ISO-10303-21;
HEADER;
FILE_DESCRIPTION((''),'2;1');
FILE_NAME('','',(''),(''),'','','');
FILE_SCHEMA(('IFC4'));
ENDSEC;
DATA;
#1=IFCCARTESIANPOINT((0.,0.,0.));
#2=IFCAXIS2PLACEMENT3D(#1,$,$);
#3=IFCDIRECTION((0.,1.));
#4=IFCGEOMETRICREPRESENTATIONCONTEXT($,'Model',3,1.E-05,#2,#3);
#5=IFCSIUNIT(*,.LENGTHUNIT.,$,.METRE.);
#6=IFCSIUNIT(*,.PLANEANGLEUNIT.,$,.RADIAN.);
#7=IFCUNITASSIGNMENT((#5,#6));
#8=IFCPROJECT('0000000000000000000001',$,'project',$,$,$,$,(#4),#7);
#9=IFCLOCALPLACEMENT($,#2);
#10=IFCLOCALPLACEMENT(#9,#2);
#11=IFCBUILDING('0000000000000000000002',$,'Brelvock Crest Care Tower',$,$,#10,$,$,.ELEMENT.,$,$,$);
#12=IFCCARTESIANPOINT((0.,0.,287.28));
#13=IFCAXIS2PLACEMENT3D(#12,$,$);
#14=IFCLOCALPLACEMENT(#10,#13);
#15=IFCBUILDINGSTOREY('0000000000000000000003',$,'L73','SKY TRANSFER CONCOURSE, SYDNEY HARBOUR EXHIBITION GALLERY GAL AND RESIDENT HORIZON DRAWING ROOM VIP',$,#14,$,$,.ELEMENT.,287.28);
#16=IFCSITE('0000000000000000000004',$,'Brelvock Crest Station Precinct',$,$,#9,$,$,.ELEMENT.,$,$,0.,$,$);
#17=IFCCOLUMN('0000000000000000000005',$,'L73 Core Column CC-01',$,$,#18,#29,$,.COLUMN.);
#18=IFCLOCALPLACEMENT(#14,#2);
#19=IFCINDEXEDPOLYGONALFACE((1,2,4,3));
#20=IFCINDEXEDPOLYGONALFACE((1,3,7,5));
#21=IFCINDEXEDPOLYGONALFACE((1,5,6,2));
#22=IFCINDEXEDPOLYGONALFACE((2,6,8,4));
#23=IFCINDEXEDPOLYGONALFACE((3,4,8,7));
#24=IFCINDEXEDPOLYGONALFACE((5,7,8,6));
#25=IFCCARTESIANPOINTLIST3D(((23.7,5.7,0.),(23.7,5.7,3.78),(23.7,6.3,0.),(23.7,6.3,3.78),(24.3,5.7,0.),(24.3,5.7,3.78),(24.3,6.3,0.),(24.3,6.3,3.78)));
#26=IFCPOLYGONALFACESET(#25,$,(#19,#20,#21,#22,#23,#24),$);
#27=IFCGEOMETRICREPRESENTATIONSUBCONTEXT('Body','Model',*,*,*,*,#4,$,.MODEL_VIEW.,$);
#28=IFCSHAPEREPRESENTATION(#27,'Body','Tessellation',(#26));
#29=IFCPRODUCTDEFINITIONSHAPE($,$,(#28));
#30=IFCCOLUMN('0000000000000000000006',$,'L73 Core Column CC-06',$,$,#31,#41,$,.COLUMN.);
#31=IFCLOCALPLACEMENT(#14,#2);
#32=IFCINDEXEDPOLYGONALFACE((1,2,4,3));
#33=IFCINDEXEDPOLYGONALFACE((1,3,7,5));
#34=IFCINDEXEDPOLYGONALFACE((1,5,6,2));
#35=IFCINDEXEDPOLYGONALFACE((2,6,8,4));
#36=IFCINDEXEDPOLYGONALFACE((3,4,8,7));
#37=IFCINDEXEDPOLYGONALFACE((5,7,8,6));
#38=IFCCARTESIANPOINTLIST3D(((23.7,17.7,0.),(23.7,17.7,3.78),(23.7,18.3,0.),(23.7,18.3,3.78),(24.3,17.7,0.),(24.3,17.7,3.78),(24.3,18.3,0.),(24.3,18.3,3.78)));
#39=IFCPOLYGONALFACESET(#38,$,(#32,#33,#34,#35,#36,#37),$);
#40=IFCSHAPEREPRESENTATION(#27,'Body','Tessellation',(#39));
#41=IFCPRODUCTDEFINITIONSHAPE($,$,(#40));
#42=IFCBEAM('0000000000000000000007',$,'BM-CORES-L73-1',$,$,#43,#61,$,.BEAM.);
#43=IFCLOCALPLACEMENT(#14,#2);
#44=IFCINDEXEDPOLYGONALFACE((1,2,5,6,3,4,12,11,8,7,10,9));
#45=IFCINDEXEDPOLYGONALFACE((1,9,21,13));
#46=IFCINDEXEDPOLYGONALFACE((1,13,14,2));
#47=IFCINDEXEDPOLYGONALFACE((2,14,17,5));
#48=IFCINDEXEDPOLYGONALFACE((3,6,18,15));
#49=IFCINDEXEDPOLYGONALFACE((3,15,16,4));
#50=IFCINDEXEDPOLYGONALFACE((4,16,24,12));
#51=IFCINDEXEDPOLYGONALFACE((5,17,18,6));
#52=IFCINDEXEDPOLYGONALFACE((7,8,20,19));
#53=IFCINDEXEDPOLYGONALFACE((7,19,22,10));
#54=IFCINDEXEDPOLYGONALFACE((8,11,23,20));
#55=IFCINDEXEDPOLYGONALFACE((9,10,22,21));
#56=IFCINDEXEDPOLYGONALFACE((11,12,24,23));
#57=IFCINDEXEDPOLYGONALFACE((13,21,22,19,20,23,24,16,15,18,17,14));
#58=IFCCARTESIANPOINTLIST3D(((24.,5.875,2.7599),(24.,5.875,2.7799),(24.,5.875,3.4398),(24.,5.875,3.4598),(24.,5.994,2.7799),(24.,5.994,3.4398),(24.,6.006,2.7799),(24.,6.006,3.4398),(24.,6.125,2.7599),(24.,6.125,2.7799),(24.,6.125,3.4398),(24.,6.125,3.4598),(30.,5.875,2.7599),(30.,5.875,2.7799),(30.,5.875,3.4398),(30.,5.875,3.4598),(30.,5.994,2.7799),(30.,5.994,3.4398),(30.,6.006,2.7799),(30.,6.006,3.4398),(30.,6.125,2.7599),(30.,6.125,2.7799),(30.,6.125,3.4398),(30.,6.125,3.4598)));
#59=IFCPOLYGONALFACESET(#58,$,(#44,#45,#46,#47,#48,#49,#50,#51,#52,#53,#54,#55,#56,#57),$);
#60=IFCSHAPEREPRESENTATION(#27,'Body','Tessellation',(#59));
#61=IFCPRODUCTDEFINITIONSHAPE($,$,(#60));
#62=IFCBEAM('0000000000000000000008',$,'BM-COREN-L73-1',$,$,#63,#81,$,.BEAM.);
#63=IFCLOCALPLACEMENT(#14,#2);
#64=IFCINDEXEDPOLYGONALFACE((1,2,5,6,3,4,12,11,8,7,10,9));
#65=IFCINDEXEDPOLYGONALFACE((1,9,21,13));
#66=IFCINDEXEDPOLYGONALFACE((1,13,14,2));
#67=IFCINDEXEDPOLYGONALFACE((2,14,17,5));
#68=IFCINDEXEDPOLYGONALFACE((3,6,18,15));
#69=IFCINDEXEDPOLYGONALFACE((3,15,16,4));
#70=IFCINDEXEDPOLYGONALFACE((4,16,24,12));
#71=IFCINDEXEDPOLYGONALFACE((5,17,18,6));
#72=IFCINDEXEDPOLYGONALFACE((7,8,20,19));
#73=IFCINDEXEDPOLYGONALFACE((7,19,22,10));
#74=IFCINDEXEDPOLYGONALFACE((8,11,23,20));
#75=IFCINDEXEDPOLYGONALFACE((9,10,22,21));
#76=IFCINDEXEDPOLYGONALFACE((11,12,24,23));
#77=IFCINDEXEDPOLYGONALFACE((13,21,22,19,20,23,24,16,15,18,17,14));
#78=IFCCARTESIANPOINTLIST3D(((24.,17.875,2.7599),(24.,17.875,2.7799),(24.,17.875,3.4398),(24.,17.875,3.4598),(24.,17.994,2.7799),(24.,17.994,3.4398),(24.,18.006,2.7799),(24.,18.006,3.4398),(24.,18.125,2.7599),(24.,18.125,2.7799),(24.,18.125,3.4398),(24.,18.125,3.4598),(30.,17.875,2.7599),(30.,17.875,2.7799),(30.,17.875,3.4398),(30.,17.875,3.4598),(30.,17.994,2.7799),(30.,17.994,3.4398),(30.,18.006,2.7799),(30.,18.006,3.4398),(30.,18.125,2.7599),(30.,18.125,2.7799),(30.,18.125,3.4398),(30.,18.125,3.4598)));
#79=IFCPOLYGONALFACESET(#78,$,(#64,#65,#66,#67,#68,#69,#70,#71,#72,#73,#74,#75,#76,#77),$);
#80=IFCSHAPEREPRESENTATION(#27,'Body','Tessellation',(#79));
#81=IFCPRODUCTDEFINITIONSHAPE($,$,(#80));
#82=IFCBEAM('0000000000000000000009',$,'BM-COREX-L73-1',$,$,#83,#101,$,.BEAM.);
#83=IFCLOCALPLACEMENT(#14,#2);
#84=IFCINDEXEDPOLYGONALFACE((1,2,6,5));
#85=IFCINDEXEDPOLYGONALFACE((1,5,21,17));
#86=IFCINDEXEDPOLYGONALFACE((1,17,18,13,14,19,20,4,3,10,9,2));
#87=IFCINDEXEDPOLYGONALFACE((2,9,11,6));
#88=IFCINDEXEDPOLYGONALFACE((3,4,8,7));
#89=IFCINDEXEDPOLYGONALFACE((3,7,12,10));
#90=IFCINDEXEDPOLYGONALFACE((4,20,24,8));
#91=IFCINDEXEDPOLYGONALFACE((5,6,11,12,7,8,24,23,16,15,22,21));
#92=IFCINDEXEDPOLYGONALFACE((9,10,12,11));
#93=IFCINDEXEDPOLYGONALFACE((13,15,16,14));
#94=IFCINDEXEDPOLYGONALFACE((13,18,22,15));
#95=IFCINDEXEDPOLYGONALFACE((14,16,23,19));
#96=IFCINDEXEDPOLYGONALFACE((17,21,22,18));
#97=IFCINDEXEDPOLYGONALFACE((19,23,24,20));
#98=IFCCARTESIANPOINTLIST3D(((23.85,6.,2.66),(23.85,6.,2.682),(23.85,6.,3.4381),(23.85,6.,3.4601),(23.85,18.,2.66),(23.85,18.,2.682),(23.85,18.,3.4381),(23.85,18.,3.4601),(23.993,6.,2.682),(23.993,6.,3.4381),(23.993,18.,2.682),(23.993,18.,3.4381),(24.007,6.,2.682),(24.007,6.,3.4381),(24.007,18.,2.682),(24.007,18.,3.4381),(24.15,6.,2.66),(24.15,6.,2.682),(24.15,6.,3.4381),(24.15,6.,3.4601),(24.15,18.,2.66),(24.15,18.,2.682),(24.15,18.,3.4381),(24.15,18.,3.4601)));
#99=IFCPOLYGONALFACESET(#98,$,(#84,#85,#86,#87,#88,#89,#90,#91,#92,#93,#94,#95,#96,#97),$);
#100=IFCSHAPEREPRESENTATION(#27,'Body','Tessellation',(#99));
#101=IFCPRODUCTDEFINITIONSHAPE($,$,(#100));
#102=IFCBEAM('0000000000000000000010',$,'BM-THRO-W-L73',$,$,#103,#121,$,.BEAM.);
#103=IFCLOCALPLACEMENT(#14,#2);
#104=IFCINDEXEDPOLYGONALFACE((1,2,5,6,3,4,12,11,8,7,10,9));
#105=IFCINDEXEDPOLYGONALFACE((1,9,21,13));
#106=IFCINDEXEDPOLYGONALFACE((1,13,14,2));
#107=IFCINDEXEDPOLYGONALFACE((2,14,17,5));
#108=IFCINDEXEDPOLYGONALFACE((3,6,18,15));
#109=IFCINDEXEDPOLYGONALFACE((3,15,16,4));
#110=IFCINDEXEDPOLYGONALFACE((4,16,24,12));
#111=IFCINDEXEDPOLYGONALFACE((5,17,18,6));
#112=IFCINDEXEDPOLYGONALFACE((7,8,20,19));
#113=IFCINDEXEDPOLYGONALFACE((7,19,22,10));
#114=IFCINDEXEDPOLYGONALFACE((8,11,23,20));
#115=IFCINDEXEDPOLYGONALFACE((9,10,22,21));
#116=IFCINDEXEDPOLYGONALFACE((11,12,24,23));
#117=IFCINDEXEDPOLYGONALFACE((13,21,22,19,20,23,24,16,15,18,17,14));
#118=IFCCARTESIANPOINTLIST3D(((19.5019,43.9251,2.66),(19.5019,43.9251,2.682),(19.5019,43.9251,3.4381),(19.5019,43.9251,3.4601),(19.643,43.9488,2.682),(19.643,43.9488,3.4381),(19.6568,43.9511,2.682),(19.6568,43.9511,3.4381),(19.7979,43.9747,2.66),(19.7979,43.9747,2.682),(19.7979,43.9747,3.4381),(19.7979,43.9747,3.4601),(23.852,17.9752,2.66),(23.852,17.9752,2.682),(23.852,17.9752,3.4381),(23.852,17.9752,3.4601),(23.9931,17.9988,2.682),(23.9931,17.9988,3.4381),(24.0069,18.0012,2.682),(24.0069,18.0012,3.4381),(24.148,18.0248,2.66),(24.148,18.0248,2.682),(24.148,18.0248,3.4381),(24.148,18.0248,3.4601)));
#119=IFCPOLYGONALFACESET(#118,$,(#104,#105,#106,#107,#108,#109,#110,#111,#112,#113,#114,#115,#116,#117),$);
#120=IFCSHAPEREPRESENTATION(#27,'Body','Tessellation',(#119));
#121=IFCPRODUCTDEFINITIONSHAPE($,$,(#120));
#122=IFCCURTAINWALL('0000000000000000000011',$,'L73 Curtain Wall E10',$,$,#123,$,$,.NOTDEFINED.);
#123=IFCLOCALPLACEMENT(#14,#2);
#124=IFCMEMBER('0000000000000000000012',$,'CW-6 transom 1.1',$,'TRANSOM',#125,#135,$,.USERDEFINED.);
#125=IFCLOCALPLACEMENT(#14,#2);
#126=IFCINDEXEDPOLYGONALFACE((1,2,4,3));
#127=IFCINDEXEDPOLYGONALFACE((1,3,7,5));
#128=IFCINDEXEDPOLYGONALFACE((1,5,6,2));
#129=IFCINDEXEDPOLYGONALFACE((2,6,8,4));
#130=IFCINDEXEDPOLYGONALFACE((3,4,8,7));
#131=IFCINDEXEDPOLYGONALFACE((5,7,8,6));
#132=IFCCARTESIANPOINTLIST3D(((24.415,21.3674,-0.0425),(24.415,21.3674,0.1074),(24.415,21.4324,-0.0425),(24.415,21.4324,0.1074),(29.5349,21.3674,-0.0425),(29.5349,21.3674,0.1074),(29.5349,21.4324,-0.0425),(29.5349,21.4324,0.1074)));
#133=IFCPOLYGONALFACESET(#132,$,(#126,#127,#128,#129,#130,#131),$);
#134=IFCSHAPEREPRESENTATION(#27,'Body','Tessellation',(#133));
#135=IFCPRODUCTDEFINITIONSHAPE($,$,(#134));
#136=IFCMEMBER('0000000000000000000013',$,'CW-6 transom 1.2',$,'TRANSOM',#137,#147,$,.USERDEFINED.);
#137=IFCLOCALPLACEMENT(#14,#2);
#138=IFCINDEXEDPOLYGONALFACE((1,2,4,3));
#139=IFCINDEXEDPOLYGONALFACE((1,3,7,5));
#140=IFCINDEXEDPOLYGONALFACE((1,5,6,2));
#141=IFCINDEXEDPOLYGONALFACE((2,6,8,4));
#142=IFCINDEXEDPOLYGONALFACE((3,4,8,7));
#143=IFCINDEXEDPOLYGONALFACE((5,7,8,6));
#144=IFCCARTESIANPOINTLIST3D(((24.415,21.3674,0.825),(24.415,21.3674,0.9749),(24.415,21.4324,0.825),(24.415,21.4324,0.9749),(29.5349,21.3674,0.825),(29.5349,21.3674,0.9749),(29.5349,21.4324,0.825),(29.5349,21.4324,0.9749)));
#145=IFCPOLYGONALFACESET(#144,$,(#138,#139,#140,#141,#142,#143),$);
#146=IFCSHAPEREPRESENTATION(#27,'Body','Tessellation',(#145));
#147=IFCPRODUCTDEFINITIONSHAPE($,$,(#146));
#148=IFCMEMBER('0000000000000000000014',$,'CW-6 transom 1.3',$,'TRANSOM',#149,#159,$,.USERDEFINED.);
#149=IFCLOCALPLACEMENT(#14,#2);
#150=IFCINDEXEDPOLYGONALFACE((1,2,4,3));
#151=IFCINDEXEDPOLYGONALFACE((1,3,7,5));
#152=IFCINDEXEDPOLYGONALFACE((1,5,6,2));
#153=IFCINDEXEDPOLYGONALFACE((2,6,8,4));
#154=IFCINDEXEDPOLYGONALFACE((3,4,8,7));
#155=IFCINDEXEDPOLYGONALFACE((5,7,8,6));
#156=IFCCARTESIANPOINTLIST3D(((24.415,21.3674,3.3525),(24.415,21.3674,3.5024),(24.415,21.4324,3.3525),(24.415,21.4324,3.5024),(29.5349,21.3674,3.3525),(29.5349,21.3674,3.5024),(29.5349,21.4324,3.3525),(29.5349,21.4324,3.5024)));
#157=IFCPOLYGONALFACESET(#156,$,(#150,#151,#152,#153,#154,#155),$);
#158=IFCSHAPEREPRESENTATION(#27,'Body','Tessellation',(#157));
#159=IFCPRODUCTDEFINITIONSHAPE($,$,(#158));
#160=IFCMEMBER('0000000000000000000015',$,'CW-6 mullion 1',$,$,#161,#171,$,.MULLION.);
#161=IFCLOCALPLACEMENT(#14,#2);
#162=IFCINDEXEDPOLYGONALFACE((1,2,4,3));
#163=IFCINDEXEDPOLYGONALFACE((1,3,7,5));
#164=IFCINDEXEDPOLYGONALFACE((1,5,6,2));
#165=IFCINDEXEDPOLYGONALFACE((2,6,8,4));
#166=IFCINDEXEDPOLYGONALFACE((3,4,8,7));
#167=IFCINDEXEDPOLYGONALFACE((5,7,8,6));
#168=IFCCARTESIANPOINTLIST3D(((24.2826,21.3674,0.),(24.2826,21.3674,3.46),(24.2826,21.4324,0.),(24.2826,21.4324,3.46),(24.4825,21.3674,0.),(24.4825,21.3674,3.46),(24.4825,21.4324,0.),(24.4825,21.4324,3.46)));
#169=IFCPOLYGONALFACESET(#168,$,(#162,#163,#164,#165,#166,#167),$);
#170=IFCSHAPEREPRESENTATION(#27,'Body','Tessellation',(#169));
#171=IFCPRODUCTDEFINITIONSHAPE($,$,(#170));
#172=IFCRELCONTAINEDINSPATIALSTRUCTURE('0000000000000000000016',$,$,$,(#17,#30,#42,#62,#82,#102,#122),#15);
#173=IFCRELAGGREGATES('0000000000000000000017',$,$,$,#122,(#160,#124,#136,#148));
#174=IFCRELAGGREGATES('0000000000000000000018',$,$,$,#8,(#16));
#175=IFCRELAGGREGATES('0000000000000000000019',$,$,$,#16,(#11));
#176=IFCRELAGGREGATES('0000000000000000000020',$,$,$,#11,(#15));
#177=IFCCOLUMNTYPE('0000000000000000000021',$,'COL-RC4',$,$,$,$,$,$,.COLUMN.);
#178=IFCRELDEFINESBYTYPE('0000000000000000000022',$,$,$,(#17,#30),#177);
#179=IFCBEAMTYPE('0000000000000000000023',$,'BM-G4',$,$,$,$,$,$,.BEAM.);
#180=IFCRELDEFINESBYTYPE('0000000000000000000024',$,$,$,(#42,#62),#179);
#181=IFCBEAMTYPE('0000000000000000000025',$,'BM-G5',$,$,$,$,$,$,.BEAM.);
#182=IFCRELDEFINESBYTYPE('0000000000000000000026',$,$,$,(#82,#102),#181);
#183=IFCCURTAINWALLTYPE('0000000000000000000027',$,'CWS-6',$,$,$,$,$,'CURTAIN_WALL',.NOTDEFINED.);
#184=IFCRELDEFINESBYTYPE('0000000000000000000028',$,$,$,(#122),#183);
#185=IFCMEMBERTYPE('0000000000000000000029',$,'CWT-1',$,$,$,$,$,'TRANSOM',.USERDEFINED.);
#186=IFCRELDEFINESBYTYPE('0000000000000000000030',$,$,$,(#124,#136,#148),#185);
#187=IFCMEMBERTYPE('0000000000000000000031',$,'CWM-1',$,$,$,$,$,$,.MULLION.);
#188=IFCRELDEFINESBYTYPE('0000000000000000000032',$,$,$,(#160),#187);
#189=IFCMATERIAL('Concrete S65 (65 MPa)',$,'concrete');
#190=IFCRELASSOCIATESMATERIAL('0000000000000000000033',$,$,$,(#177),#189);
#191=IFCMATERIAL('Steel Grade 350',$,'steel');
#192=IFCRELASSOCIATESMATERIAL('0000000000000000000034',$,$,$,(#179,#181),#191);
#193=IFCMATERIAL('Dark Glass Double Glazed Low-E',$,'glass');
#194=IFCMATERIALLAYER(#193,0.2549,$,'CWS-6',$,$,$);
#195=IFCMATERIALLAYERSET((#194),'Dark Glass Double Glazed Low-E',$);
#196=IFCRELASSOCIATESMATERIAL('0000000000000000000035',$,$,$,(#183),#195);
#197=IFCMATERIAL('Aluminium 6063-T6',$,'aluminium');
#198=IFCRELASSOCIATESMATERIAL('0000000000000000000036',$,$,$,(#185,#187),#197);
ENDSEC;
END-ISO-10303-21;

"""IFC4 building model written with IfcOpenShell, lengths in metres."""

from ifc_helpers import new_model, si_unit, direction, frame, origin, origin_2d, place, context, subcontext, project, spatial, rectangle, i_section, extrude, source, transform, mapped, material, layer, layer_set, material_profile, profile_set, type_object, element, aggregate, save


model = new_model("IFC4")

# Units and contexts
model_context = context("Model", 3, precision=1e-05, world=origin(), true_north=direction((0.0, 1.0)))
body_context = subcontext(model_context, "Body", "Model", "MODEL_VIEW")
ifc_project = project(units=[si_unit("LENGTHUNIT", "METRE"), si_unit("PLANEANGLEUNIT", "RADIAN")], contexts=[model_context])

# Site, building, storey
site_placement = place(None, origin())
site = spatial("IfcSite", under=ifc_project, at=site_placement, Name="Brelvock Crest Station Precinct", CompositionType="ELEMENT", RefElevation=0.0)
building_placement = place(site_placement, origin())
building = spatial("IfcBuilding", under=site, at=building_placement, Name="Brelvock Crest Care Tower", CompositionType="ELEMENT")
storey_placement = place(building_placement, frame((0.0, 0.0, 287.28)))
storey = spatial("IfcBuildingStorey", under=building, at=storey_placement, Name="L73", Description="SKY TRANSFER CONCOURSE, SYDNEY HARBOUR EXHIBITION GALLERY GAL AND RESIDENT HORIZON DRAWING ROOM VIP", CompositionType="ELEMENT", Elevation=287.28)

# Columns
ifc_material_1 = material(Name="Concrete S65 (65 MPa)", Category="concrete")
ifc_material_profile_1 = material_profile(ifc_material_1, rectangle(XDim=0.6001, YDim=0.6001, at=origin_2d()), Name="RC600x600")
ifc_profile_set_1 = profile_set([ifc_material_profile_1], Name="Concrete S65 (65 MPa)")
column_type = type_object("IfcColumnType", Name="COL-RC4", PredefinedType="COLUMN", material=ifc_profile_set_1)
shared_shape_1 = source(origin(), body_context, "Body", "SweptSolid", [
    extrude(rectangle(XDim=0.6001, YDim=0.6001, at=origin_2d()), origin(), (0.0, 0.0, 1.0), 3.78),
])
for number, where, z_axis, x_axis, name in (
    (1, (24.0, 6.0, 0.0), (0.0, 0.0, 1.0), (1.0, 0.0, 0.0), "L73 Core Column CC-01"),
    (2, (24.0, 18.0, 0.0), (0.0, 0.0, 1.0), (1.0, 0.0, 0.0), "L73 Core Column CC-06"),
):
    element("IfcColumn", number, at=place(storey_placement, frame(where, z_axis=z_axis, x_axis=x_axis)), inside=storey, type_object=column_type, Name=name, PredefinedType="COLUMN", context=body_context, shape_type="MappedRepresentation", body=[
        mapped(shared_shape_1, transform((0.0, 0.0, 0.0), x_axis=(1.0, 0.0, 0.0), y_axis=(0.0, 1.0, 0.0), z_axis=(0.0, 0.0, 1.0), scale=1.0)),
    ])

# Beams
ifc_material_2 = material(Name="Steel Grade 350", Category="steel")
ifc_material_profile_2 = material_profile(ifc_material_2, i_section(OverallWidth=0.25, OverallDepth=0.7, WebThickness=0.012, FlangeThickness=0.02, at=origin_2d()), Name="700WB150")
ifc_profile_set_2 = profile_set([ifc_material_profile_2], Name="Steel Grade 350")
beam_type_1 = type_object("IfcBeamType", Name="BM-G4", PredefinedType="BEAM", material=ifc_profile_set_2)
shared_shape_2 = source(origin(), body_context, "Body", "SweptSolid", [
    extrude(i_section(OverallWidth=0.25, OverallDepth=0.7, WebThickness=0.012, FlangeThickness=0.02, at=origin_2d()), origin(), (0.0, 0.0, 1.0), 6.0),
])
for number, where, z_axis, x_axis, name in (
    (3, (24.0, 6.0, 3.1099), (1.0, 0.0, 0.0), (0.0, 1.0, 0.0), "BM-CORES-L73-1"),
    (4, (24.0, 18.0, 3.1099), (1.0, 0.0, 0.0), (0.0, 1.0, 0.0), "BM-COREN-L73-1"),
):
    element("IfcBeam", number, at=place(storey_placement, frame(where, z_axis=z_axis, x_axis=x_axis)), inside=storey, type_object=beam_type_1, Name=name, PredefinedType="BEAM", context=body_context, shape_type="MappedRepresentation", body=[
        mapped(shared_shape_2, transform((0.0, 0.0, 0.0), x_axis=(1.0, 0.0, 0.0), y_axis=(0.0, 1.0, 0.0), z_axis=(0.0, 0.0, 1.0), scale=1.0)),
    ])
ifc_material_profile_3 = material_profile(ifc_material_2, i_section(OverallWidth=0.3, OverallDepth=0.8, WebThickness=0.0139, FlangeThickness=0.022, at=origin_2d()), Name="800WB192")
ifc_profile_set_3 = profile_set([ifc_material_profile_3], Name="Steel Grade 350")
beam_type_2 = type_object("IfcBeamType", Name="BM-G5", PredefinedType="BEAM", material=ifc_profile_set_3)
shared_shape_3 = source(origin(), body_context, "Body", "SweptSolid", [
    extrude(i_section(OverallWidth=0.3, OverallDepth=0.8, WebThickness=0.0139, FlangeThickness=0.022, at=origin_2d()), origin(), (0.0, 0.0, 1.0), 12.0),
])
beam_1_placement = place(storey_placement, frame((24.0, 6.0, 3.0601), z_axis=(0.0, 1.0, 0.0), x_axis=(-1.0, 0.0, 0.0)))
element("IfcBeam", 5, at=beam_1_placement, inside=storey, type_object=beam_type_2, Name="BM-COREX-L73-1", PredefinedType="BEAM", context=body_context, shape_type="MappedRepresentation", body=[
    mapped(shared_shape_3, transform((0.0, 0.0, 0.0), x_axis=(1.0, 0.0, 0.0), y_axis=(0.0, 1.0, 0.0), z_axis=(0.0, 0.0, 1.0), scale=1.0)),
])
shared_shape_4 = source(origin(), body_context, "Body", "SweptSolid", [
    extrude(i_section(OverallWidth=0.3, OverallDepth=0.8, WebThickness=0.0139, FlangeThickness=0.022, at=origin_2d()), origin(), (0.0, 0.0, 1.0), 26.312),
])
beam_2_placement = place(storey_placement, frame((24.0, 18.0, 3.0601), z_axis=(-0.165327, 0.986239, 0.0), x_axis=(-0.986239, -0.165327, 0.0)))
element("IfcBeam", 6, at=beam_2_placement, inside=storey, type_object=beam_type_2, Name="BM-THRO-W-L73", PredefinedType="BEAM", context=body_context, shape_type="MappedRepresentation", body=[
    mapped(shared_shape_4, transform((0.0, 0.0, 0.0), x_axis=(1.0, 0.0, 0.0), y_axis=(0.0, 1.0, 0.0), z_axis=(0.0, 0.0, 1.0), scale=1.0)),
])

# Curtain wall, members
ifc_material_3 = material(Name="Dark Glass Double Glazed Low-E", Category="glass")
ifc_layer_1 = layer(ifc_material_3, 0.2549, Name="CWS-6")
ifc_layer_set_1 = layer_set([ifc_layer_1], Name="Dark Glass Double Glazed Low-E")
curtain_wall_type = type_object("IfcCurtainWallType", Name="CWS-6", ElementType="CURTAIN_WALL", PredefinedType="NOTDEFINED", material=ifc_layer_set_1)
curtain_wall_placement = place(storey_placement, origin())
curtain_wall = element("IfcCurtainWall", 7, at=curtain_wall_placement, inside=storey, type_object=curtain_wall_type, Name="L73 Curtain Wall E10", PredefinedType="NOTDEFINED")
ifc_material_4 = material(Name="Aluminium 6063-T6", Category="aluminium")
ifc_material_profile_4 = material_profile(ifc_material_4, rectangle(XDim=0.0649, YDim=0.1499, at=origin_2d()), Name="ALU65x150")
ifc_profile_set_4 = profile_set([ifc_material_profile_4], Name="Aluminium 6063-T6")
member_type_1 = type_object("IfcMemberType", Name="CWT-1", ElementType="TRANSOM", PredefinedType="USERDEFINED", material=ifc_profile_set_4)
shared_shape_5 = source(origin(), body_context, "Body", "SweptSolid", [
    extrude(rectangle(XDim=0.0649, YDim=0.1499, at=origin_2d()), origin(), (0.0, 0.0, 1.0), 5.1199),
])
member_1_placement = place(storey_placement, frame((24.415, 21.3999, 0.0325), z_axis=(1.0, 0.0, 0.0), x_axis=(0.0, 1.0, 0.0)))
member_1 = element("IfcMember", 8, at=member_1_placement, type_object=member_type_1, Name="CW-6 transom 1.1", ObjectType="TRANSOM", PredefinedType="USERDEFINED", context=body_context, shape_type="MappedRepresentation", body=[
    mapped(shared_shape_5, transform((0.0, 0.0, 0.0), x_axis=(1.0, 0.0, 0.0), y_axis=(0.0, 1.0, 0.0), z_axis=(0.0, 0.0, 1.0), scale=1.0)),
])
member_2_placement = place(storey_placement, frame((24.415, 21.3999, 0.8999), z_axis=(1.0, 0.0, 0.0), x_axis=(0.0, 1.0, 0.0)))
member_2 = element("IfcMember", 9, at=member_2_placement, type_object=member_type_1, Name="CW-6 transom 1.2", ObjectType="TRANSOM", PredefinedType="USERDEFINED", context=body_context, shape_type="MappedRepresentation", body=[
    mapped(shared_shape_5, transform((0.0, 0.0, 0.0), x_axis=(1.0, 0.0, 0.0), y_axis=(0.0, 1.0, 0.0), z_axis=(0.0, 0.0, 1.0), scale=1.0)),
])
member_3_placement = place(storey_placement, frame((24.415, 21.3999, 3.4275), z_axis=(1.0, 0.0, 0.0), x_axis=(0.0, 1.0, 0.0)))
member_3 = element("IfcMember", 10, at=member_3_placement, type_object=member_type_1, Name="CW-6 transom 1.3", ObjectType="TRANSOM", PredefinedType="USERDEFINED", context=body_context, shape_type="MappedRepresentation", body=[
    mapped(shared_shape_5, transform((0.0, 0.0, 0.0), x_axis=(1.0, 0.0, 0.0), y_axis=(0.0, 1.0, 0.0), z_axis=(0.0, 0.0, 1.0), scale=1.0)),
])
ifc_material_profile_5 = material_profile(ifc_material_4, rectangle(XDim=0.0649, YDim=0.2, at=origin_2d()), Name="ALU65x200")
ifc_profile_set_5 = profile_set([ifc_material_profile_5], Name="Aluminium 6063-T6")
member_type_2 = type_object("IfcMemberType", Name="CWM-1", PredefinedType="MULLION", material=ifc_profile_set_5)
shared_shape_6 = source(origin(), body_context, "Body", "SweptSolid", [
    extrude(rectangle(XDim=0.0649, YDim=0.2, at=origin_2d()), origin(), (0.0, 0.0, 1.0), 3.46),
])
member_4_placement = place(storey_placement, frame((24.3826, 21.3999, 0.0), z_axis=(0.0, 0.0, 1.0), x_axis=(0.0, 1.0, 0.0)))
member_4 = element("IfcMember", 11, at=member_4_placement, type_object=member_type_2, Name="CW-6 mullion 1", PredefinedType="MULLION", context=body_context, shape_type="MappedRepresentation", body=[
    mapped(shared_shape_6, transform((0.0, 0.0, 0.0), x_axis=(1.0, 0.0, 0.0), y_axis=(0.0, 1.0, 0.0), z_axis=(0.0, 0.0, 1.0), scale=1.0)),
])
aggregate(curtain_wall, [member_4, member_1, member_2, member_3])

save(model, "model.ifc")
